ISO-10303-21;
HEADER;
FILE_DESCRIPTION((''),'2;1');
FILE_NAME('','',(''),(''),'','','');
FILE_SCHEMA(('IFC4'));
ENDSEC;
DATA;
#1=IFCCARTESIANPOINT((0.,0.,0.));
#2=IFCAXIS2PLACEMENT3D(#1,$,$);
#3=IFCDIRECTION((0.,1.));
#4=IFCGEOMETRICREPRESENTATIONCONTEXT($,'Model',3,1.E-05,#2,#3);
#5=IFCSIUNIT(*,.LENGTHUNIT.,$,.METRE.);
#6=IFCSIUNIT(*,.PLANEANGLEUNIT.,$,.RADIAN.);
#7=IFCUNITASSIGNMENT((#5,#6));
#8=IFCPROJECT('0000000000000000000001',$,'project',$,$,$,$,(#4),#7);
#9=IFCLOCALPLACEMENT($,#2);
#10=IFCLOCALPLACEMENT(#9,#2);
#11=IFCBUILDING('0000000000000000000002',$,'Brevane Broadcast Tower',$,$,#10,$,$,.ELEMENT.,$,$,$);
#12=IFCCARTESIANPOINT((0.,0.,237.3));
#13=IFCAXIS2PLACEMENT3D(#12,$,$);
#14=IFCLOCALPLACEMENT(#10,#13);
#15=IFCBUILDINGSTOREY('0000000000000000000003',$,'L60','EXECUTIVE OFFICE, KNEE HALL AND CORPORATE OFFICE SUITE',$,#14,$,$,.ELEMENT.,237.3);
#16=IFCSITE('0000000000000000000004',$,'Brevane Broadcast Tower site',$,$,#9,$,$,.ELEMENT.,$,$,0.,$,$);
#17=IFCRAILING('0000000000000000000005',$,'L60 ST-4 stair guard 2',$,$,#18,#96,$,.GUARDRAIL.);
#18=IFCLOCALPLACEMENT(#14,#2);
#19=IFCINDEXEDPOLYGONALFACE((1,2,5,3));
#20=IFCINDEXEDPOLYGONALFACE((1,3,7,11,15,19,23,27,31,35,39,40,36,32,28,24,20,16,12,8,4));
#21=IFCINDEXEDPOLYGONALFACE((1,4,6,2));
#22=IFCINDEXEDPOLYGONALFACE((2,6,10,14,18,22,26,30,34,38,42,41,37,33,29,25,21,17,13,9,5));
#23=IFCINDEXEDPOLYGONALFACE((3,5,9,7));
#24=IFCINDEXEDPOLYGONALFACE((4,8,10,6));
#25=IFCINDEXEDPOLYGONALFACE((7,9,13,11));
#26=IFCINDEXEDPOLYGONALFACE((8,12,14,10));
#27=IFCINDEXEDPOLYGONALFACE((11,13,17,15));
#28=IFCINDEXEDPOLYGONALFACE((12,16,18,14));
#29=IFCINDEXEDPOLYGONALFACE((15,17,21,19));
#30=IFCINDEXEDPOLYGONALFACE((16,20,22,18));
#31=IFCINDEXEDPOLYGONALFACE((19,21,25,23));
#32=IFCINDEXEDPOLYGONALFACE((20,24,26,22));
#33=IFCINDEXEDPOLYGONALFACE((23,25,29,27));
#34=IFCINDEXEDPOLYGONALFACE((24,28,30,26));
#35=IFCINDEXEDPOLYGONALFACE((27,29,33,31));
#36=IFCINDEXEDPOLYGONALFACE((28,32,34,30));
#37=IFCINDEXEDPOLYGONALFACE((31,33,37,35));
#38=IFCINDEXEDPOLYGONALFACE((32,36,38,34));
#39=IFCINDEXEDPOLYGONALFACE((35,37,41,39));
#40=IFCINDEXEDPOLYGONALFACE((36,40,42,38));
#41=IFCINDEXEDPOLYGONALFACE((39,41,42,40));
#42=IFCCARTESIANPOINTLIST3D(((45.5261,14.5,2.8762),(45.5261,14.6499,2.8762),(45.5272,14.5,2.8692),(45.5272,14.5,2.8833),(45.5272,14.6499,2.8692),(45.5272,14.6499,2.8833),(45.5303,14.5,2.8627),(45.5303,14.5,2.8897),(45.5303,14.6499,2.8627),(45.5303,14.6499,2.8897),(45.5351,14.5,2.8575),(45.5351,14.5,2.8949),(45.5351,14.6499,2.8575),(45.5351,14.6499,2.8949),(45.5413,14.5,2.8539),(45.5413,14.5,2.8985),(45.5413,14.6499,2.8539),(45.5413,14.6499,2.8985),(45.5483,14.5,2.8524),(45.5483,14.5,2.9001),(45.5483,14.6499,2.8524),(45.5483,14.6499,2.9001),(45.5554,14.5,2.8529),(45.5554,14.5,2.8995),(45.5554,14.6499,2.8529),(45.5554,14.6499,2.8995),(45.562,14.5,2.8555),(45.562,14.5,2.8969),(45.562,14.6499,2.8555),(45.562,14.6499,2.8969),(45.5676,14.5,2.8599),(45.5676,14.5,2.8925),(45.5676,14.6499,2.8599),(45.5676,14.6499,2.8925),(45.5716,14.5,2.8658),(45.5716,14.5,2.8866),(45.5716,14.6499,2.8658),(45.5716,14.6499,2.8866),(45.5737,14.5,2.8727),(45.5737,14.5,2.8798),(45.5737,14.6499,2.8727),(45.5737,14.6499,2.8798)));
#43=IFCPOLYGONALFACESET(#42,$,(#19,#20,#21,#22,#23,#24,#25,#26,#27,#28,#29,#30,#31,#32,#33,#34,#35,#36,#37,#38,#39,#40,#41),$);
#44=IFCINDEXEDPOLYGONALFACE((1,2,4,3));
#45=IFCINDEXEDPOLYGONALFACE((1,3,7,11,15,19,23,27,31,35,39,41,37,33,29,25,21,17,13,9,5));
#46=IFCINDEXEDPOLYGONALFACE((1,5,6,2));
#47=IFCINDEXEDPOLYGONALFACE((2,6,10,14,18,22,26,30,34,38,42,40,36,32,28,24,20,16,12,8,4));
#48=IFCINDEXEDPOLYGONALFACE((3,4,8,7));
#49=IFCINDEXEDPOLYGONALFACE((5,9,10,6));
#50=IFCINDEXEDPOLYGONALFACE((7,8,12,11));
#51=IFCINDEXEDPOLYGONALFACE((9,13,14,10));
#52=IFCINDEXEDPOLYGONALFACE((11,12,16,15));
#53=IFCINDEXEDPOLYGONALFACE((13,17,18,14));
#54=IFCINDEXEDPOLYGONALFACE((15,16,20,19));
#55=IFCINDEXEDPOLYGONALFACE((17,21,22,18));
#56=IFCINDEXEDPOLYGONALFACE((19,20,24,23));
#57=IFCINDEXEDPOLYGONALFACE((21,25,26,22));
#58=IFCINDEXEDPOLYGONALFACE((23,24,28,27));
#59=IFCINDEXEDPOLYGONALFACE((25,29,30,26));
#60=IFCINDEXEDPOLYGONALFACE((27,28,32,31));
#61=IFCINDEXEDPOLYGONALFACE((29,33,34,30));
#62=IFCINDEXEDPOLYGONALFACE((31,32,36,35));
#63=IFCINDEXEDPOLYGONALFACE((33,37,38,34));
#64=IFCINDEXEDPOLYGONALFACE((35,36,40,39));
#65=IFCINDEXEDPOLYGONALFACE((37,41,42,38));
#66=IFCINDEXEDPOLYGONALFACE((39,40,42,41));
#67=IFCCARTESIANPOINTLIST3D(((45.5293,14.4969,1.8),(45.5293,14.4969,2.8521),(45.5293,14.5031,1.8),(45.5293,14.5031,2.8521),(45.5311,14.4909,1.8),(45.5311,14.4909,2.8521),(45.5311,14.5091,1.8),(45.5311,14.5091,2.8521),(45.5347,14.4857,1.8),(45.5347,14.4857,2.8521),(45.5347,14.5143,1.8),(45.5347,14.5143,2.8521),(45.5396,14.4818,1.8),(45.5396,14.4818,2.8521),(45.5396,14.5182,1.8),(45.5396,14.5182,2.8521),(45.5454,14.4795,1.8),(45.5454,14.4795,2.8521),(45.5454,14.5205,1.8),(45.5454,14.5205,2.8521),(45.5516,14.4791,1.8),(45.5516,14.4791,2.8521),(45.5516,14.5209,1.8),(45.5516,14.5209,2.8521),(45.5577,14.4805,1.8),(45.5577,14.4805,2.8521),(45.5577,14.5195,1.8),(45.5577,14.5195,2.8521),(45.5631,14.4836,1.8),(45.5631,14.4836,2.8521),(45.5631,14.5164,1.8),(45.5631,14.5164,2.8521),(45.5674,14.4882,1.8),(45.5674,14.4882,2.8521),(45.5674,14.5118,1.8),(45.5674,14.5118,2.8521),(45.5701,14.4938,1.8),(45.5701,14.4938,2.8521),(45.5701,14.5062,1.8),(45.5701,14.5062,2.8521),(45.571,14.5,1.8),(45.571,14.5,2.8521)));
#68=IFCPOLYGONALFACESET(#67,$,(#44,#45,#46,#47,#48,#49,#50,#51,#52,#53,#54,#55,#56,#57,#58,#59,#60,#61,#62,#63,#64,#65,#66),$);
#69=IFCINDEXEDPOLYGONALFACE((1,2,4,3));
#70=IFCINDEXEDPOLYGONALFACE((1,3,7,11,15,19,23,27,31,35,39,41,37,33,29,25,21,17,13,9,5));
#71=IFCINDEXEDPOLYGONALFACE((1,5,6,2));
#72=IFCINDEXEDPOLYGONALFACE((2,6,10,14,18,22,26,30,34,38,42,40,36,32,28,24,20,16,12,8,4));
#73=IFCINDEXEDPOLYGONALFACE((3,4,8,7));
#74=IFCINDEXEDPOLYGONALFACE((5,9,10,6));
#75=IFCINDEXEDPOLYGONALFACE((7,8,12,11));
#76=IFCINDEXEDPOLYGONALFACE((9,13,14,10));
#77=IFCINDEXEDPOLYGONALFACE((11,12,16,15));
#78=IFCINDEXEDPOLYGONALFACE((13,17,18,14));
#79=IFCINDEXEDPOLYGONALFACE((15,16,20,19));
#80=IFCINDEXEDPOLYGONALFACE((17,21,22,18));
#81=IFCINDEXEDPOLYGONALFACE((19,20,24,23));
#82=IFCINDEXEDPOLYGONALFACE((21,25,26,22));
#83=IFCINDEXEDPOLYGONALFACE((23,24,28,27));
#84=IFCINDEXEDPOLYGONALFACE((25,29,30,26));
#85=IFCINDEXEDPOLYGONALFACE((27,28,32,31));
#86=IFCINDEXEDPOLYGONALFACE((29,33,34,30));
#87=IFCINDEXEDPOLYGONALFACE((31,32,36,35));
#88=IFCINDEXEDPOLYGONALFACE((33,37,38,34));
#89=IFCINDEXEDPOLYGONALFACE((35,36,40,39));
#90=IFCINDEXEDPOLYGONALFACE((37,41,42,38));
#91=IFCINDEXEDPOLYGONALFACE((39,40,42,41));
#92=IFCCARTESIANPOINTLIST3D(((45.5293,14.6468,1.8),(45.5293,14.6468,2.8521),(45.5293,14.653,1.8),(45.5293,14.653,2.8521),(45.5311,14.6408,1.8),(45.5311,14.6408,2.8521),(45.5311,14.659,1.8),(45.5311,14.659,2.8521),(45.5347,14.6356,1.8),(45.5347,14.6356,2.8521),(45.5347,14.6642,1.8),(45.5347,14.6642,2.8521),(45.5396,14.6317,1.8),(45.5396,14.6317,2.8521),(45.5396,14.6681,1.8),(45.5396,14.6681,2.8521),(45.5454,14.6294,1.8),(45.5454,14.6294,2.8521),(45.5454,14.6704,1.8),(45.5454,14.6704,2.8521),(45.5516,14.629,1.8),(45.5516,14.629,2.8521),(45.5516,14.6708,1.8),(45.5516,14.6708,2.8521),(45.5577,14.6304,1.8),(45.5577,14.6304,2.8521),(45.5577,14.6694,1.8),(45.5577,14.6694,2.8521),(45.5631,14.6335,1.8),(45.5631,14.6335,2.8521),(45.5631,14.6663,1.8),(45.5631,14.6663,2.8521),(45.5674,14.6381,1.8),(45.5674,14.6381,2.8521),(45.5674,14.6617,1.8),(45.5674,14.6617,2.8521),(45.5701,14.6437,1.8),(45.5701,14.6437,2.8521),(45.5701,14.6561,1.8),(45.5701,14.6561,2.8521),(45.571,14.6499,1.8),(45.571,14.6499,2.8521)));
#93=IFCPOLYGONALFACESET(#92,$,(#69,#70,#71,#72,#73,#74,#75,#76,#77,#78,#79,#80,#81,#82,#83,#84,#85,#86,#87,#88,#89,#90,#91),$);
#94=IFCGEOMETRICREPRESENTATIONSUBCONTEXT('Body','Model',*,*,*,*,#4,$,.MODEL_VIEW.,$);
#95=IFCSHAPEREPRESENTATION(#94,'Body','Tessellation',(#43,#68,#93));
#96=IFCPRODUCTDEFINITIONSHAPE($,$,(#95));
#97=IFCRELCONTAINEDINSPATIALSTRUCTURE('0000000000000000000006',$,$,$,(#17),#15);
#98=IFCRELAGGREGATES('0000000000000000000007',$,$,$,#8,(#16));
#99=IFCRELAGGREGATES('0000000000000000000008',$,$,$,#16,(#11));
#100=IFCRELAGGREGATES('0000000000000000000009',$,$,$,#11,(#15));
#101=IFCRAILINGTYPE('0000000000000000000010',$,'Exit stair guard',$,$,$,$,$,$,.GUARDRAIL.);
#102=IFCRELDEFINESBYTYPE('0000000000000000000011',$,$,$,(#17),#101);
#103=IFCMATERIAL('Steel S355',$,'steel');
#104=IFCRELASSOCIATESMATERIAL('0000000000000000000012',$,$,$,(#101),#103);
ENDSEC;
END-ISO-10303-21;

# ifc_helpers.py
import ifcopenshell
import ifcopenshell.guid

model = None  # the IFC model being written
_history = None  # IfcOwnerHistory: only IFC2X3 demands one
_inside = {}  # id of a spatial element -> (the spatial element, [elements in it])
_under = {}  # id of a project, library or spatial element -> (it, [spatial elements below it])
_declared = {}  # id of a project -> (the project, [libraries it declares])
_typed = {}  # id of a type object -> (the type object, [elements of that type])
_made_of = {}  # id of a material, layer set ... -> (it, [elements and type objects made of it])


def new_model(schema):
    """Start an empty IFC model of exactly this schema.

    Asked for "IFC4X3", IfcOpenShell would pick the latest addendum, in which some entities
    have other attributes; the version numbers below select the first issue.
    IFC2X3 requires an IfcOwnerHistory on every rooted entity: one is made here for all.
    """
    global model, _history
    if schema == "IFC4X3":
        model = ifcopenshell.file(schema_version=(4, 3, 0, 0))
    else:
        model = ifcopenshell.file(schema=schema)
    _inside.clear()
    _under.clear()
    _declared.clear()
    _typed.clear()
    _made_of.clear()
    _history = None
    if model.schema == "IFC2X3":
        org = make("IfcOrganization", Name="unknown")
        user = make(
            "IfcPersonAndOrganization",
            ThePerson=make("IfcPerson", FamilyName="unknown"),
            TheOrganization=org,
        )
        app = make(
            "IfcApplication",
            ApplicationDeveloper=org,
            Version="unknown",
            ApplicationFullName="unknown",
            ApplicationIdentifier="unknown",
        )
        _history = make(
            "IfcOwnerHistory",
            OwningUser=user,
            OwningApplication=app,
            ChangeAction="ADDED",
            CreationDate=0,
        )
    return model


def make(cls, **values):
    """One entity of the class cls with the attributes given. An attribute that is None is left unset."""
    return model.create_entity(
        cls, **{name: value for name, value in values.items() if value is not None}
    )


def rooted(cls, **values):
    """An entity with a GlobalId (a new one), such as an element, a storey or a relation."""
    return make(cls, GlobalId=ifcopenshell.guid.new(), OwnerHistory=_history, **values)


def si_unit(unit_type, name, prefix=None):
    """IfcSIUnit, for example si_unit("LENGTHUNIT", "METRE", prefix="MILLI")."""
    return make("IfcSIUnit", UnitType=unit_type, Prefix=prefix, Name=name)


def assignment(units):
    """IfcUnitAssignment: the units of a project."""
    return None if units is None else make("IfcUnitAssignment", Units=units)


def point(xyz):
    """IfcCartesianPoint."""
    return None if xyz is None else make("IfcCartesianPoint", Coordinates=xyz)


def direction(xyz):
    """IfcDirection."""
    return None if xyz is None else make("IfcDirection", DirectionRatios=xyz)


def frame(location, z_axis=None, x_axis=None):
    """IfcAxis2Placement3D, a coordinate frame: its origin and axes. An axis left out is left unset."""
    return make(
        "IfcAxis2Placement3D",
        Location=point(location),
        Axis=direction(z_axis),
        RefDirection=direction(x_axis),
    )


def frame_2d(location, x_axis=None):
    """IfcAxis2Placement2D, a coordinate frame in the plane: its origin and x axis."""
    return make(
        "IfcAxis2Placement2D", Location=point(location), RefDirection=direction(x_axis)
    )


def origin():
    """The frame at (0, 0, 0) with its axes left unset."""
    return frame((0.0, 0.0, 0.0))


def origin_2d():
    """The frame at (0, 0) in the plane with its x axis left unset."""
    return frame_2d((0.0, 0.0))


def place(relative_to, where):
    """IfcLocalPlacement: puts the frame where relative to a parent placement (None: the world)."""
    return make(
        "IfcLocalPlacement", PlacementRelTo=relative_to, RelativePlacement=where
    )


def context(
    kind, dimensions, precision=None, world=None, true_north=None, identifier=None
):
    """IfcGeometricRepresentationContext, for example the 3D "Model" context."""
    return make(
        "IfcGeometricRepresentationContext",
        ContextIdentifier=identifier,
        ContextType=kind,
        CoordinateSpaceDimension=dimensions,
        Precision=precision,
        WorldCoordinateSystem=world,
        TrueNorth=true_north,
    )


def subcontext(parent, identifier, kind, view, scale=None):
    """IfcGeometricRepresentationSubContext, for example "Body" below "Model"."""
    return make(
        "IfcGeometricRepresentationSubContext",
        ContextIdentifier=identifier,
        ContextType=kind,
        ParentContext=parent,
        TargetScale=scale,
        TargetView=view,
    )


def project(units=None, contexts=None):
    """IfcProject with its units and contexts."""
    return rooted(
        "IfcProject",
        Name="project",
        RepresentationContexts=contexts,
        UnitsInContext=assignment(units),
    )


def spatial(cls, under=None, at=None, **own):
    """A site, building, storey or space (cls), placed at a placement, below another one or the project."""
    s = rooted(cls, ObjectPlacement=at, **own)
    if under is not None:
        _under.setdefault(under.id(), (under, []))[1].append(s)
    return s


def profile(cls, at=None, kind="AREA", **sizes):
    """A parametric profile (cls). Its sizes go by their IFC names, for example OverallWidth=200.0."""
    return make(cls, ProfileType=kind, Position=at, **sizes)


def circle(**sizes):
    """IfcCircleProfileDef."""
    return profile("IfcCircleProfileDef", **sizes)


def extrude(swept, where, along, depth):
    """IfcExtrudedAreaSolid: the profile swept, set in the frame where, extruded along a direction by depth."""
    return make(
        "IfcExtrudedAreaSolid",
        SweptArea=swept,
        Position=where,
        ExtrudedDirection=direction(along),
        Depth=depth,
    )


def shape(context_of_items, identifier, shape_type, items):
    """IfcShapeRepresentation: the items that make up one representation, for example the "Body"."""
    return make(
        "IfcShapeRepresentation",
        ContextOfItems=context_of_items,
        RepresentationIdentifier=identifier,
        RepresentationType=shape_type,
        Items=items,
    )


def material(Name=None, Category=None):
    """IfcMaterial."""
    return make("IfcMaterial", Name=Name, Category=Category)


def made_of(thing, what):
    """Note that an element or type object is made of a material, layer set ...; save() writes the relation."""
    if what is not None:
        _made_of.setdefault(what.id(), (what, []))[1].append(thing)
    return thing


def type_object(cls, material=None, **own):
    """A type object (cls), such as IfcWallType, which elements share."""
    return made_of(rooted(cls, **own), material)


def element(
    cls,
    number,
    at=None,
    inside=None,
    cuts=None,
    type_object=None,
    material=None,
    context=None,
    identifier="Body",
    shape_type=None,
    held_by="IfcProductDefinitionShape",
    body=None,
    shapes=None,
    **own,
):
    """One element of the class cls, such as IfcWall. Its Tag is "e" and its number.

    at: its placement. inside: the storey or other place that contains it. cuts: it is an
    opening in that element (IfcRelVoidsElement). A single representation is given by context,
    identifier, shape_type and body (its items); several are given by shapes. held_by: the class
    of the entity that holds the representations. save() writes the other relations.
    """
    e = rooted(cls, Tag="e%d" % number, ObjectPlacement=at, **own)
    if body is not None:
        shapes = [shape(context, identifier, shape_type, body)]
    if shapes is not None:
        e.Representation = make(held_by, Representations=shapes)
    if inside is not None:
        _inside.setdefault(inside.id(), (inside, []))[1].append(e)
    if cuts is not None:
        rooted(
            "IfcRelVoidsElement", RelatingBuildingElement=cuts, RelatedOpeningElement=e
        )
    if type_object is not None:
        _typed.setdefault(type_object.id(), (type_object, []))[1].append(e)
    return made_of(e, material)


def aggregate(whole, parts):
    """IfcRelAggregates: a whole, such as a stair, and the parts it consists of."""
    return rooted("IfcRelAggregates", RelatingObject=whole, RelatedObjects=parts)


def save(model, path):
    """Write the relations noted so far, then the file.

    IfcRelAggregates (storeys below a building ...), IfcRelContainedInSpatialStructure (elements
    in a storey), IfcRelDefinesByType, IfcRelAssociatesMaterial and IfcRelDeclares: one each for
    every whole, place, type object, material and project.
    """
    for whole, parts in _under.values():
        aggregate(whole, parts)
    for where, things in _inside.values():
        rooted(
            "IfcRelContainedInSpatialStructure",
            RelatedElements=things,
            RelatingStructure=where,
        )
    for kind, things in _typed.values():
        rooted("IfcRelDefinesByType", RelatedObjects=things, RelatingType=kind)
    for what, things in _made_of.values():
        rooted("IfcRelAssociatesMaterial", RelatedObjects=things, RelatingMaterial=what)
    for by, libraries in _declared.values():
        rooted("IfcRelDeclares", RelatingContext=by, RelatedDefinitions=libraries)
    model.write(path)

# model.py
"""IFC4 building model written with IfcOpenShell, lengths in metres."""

from ifc_helpers import new_model, si_unit, direction, frame, origin, origin_2d, place, context, subcontext, project, spatial, circle, extrude, material, type_object, element, save


model = new_model("IFC4")

# Units and contexts
model_context = context("Model", 3, precision=1e-05, world=origin(), true_north=direction((0.0, 1.0)))
body_context = subcontext(model_context, "Body", "Model", "MODEL_VIEW")
ifc_project = project(units=[si_unit("LENGTHUNIT", "METRE"), si_unit("PLANEANGLEUNIT", "RADIAN")], contexts=[model_context])

# Site, building, storey
site_placement = place(None, origin())
site = spatial("IfcSite", under=ifc_project, at=site_placement, Name="Brevane Broadcast Tower site", CompositionType="ELEMENT", RefElevation=0.0)
building_placement = place(site_placement, origin())
building = spatial("IfcBuilding", under=site, at=building_placement, Name="Brevane Broadcast Tower", CompositionType="ELEMENT")
storey_placement = place(building_placement, frame((0.0, 0.0, 237.3)))
storey = spatial("IfcBuildingStorey", under=building, at=storey_placement, Name="L60", Description="EXECUTIVE OFFICE, KNEE HALL AND CORPORATE OFFICE SUITE", CompositionType="ELEMENT", Elevation=237.3)

# Railing
ifc_material_1 = material(Name="Steel S355", Category="steel")
railing_type_1 = type_object("IfcRailingType", Name="Exit stair guard", PredefinedType="GUARDRAIL", material=ifc_material_1)
railing_1_placement = place(storey_placement, frame((45.55, 14.5, 1.8)))
element("IfcRailing", 1, at=railing_1_placement, inside=storey, type_object=railing_type_1, Name="L60 ST-4 stair guard 2", PredefinedType="GUARDRAIL", context=body_context, shape_type="SweptSolid", body=[
    extrude(circle(Radius=0.0239, at=origin_2d()), frame((0.0, 0.0, 1.0762), z_axis=(0.0, 1.0, 0.0), x_axis=(-1.0, 0.0, 0.0)), (0.0, 0.0, 1.0), 0.1499),
    extrude(circle(Radius=0.021, at=origin_2d()), origin(), (0.0, 0.0, 1.0), 1.052),
    extrude(circle(Radius=0.021, at=origin_2d()), frame((0.0, 0.1499, 0.0)), (0.0, 0.0, 1.0), 1.052),
])

save(model, "model.ifc")
